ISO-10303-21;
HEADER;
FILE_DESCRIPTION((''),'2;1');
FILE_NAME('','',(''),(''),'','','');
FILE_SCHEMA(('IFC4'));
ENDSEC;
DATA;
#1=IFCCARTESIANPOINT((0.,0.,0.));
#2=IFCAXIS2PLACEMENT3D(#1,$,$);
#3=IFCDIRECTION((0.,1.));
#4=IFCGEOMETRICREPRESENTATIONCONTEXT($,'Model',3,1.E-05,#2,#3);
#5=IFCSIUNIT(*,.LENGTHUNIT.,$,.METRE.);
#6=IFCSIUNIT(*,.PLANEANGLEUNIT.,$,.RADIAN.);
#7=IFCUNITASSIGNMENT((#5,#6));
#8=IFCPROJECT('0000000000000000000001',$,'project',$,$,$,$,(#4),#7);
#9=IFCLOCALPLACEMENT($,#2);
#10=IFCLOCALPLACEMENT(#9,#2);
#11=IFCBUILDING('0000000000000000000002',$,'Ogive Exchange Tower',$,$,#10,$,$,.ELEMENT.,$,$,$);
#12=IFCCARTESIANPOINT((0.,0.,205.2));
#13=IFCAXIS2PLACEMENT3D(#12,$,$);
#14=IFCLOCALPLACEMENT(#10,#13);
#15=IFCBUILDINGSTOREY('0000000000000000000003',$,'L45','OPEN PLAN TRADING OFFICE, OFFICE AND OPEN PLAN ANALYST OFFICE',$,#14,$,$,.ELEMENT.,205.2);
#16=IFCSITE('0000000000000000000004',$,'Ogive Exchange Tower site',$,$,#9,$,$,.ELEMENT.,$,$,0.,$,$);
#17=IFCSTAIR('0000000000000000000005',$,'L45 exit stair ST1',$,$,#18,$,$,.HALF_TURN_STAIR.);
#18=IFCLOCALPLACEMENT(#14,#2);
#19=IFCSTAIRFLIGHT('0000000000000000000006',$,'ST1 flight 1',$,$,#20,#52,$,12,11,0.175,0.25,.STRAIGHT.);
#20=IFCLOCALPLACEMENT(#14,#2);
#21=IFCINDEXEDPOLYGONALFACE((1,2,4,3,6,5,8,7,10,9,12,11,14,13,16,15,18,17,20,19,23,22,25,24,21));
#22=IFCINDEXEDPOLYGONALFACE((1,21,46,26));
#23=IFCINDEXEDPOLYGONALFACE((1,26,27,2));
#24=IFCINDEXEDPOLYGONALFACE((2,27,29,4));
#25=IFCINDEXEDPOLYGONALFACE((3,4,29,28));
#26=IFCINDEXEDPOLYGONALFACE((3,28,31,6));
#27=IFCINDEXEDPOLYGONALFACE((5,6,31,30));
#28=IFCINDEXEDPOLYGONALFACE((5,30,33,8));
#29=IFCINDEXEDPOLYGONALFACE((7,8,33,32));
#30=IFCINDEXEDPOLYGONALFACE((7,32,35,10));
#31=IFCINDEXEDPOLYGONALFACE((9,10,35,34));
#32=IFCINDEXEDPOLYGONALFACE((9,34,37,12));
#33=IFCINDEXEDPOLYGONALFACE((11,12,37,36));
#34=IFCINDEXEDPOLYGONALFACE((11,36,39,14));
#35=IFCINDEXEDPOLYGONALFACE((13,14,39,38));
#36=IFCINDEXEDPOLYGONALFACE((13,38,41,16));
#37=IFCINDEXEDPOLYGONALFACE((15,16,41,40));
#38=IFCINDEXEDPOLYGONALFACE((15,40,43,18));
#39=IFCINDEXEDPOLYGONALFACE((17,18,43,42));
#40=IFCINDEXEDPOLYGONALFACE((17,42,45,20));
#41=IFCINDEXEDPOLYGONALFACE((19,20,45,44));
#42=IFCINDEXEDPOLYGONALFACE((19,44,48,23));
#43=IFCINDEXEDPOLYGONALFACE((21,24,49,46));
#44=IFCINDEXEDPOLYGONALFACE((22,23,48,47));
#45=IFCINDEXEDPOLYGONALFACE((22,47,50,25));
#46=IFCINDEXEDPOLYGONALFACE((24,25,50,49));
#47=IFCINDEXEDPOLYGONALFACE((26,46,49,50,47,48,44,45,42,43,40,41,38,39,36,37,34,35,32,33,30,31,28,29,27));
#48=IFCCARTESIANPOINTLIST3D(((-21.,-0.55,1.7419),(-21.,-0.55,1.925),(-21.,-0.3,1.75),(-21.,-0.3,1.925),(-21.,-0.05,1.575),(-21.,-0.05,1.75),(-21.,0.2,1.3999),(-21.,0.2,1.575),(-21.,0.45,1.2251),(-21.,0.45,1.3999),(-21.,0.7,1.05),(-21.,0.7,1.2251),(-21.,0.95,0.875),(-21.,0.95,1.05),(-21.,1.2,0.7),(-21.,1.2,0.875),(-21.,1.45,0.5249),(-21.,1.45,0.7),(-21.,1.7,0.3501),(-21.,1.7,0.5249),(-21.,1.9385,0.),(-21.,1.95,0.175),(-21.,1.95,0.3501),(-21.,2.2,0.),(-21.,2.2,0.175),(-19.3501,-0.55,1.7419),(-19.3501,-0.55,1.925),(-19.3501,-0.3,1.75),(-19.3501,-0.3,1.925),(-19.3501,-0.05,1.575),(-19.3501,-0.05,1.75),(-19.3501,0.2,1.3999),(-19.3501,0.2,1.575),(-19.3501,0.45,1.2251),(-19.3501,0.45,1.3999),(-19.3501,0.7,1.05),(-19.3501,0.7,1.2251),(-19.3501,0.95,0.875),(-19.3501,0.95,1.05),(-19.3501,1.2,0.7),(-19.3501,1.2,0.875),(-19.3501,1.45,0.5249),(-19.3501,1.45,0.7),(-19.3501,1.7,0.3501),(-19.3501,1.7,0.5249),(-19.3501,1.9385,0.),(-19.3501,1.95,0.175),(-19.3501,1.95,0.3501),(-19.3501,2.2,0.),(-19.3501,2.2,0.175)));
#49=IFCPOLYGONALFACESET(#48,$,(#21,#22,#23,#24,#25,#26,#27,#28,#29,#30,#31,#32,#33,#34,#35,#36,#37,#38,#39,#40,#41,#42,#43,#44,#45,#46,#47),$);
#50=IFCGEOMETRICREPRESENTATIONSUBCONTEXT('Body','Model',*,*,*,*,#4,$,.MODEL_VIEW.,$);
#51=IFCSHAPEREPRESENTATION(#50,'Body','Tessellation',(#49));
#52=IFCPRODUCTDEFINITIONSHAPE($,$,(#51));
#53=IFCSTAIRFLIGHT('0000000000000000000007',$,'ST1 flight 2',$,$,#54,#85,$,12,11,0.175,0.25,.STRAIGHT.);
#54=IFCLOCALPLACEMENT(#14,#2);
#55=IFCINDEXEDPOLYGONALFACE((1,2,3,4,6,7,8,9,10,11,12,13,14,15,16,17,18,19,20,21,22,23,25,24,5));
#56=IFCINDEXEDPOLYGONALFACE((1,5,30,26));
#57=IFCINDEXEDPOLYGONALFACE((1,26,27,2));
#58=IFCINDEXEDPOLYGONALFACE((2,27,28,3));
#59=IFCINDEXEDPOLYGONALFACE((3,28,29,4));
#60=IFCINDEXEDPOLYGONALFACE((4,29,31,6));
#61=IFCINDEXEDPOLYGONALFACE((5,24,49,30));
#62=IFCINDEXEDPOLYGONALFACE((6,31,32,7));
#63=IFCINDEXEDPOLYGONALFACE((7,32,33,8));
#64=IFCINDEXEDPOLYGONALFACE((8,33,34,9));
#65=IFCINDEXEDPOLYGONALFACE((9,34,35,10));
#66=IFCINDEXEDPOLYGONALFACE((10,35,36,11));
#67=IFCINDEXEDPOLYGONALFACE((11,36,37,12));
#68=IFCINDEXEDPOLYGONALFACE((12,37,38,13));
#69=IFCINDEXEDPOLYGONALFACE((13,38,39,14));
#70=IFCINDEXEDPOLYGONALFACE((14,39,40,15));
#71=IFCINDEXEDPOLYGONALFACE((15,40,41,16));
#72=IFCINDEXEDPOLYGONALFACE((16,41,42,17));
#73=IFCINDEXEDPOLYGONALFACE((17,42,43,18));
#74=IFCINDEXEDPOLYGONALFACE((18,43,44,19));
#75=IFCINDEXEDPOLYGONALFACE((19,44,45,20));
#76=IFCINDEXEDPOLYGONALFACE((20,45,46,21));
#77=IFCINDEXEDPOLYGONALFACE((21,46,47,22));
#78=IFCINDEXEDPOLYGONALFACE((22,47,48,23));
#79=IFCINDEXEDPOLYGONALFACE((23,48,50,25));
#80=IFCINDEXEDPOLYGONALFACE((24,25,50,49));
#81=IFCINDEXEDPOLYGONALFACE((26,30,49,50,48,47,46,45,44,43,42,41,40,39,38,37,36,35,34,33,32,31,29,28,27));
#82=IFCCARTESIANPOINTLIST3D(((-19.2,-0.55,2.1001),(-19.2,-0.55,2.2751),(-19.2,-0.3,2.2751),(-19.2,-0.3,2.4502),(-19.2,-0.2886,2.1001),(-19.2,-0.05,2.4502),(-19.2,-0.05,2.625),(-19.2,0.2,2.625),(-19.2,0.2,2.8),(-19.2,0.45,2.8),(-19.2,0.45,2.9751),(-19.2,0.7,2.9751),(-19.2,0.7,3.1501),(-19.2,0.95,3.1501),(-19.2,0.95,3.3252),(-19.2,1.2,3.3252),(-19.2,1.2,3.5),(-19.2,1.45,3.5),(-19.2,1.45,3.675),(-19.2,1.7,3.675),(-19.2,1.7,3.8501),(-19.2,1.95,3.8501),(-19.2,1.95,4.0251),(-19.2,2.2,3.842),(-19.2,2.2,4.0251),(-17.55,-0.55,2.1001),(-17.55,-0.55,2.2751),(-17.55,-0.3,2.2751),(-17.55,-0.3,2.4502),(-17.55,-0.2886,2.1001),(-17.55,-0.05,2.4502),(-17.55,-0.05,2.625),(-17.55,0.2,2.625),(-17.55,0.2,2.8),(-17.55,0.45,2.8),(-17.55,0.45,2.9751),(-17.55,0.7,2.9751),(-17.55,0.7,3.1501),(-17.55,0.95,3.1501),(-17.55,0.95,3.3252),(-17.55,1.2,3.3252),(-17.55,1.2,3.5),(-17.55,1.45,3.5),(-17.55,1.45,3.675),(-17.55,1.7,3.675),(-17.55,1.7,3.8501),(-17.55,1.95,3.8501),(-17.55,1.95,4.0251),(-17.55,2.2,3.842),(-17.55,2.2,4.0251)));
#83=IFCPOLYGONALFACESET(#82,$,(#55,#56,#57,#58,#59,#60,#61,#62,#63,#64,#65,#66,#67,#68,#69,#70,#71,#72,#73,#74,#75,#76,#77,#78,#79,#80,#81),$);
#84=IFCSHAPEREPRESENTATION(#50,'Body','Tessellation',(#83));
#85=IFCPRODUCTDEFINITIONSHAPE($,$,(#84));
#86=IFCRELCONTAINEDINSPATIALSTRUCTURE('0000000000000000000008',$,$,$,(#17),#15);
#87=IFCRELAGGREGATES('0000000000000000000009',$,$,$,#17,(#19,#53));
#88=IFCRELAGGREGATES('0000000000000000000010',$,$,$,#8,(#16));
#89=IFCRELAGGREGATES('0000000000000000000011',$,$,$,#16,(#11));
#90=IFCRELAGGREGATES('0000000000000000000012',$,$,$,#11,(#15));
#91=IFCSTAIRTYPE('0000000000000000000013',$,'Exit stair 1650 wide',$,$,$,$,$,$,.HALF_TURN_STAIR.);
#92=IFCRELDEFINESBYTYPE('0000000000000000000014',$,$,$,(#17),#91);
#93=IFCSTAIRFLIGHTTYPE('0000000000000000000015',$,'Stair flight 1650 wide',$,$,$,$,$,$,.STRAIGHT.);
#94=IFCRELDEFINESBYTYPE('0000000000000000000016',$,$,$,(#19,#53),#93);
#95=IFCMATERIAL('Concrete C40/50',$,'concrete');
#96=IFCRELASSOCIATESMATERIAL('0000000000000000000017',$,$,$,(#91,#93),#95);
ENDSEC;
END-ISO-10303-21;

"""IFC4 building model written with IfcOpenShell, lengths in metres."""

from ifc_helpers import new_model, si_unit, direction, frame, origin, place, context, subcontext, project, spatial, polyline, outline, extrude, material, type_object, element, aggregate, save


model = new_model("IFC4")

# Units and contexts
model_context = context("Model", 3, precision=1e-05, world=origin(), true_north=direction((0.0, 1.0)))
body_context = subcontext(model_context, "Body", "Model", "MODEL_VIEW")
ifc_project = project(units=[si_unit("LENGTHUNIT", "METRE"), si_unit("PLANEANGLEUNIT", "RADIAN")], contexts=[model_context])

# Site, building, storey
site_placement = place(None, origin())
site = spatial("IfcSite", under=ifc_project, at=site_placement, Name="Ogive Exchange Tower site", CompositionType="ELEMENT", RefElevation=0.0)
building_placement = place(site_placement, origin())
building = spatial("IfcBuilding", under=site, at=building_placement, Name="Ogive Exchange Tower", CompositionType="ELEMENT")
storey_placement = place(building_placement, frame((0.0, 0.0, 205.2)))
storey = spatial("IfcBuildingStorey", under=building, at=storey_placement, Name="L45", Description="OPEN PLAN TRADING OFFICE, OFFICE AND OPEN PLAN ANALYST OFFICE", CompositionType="ELEMENT", Elevation=205.2)

# Stair, stair flights
ifc_material_1 = material(Name="Concrete C40/50", Category="concrete")
stair_type = type_object("IfcStairType", Name="Exit stair 1650 wide", PredefinedType="HALF_TURN_STAIR", material=ifc_material_1)
stair_placement = place(storey_placement, origin())
stair = element("IfcStair", 1, at=stair_placement, inside=storey, type_object=stair_type, Name="L45 exit stair ST1", PredefinedType="HALF_TURN_STAIR")
stair_flight_type = type_object("IfcStairFlightType", Name="Stair flight 1650 wide", PredefinedType="STRAIGHT", material=ifc_material_1)
stair_flight_1_placement = place(storey_placement, frame((-20.175, 2.2, 0.0), z_axis=(0.0, 0.0, 1.0), x_axis=(0.0, -1.0, 0.0)))
stair_flight_1 = element("IfcStairFlight", 2, at=stair_flight_1_placement, type_object=stair_flight_type, Name="ST1 flight 1", NumberOfRisers=12, NumberOfTreads=11, PredefinedType="STRAIGHT", RiserHeight=0.175, TreadLength=0.25, context=body_context, shape_type="SweptSolid", body=[
    extrude(outline(polyline([(0.0, 0.0), (0.0, 0.175), (0.25, 0.175), (0.25, 0.3501), (0.5, 0.3501), (0.5, 0.5249), (0.75, 0.5249), (0.75, 0.7), (1.0, 0.7), (1.0, 0.875), (1.25, 0.875), (1.25, 1.05), (1.5, 1.05), (1.5, 1.2251), (1.75, 1.2251), (1.75, 1.3999), (2.0, 1.3999), (2.0, 1.575), (2.25, 1.575), (2.25, 1.75), (2.5, 1.75), (2.5, 1.925), (2.75, 1.925), (2.75, 2.1001), (2.75, 1.7419), (0.2615, 0.0), (0.0, 0.0)])), frame((0.0, 0.825, 0.0), z_axis=(0.0, -1.0, 0.0), x_axis=(1.0, 0.0, 0.0)), (0.0, 0.0, 1.0), 1.6499),
])
stair_flight_2_placement = place(storey_placement, frame((-18.375, -0.55, 2.1001), z_axis=(0.0, 0.0, 1.0), x_axis=(0.0, 1.0, 0.0)))
stair_flight_2 = element("IfcStairFlight", 3, at=stair_flight_2_placement, type_object=stair_flight_type, Name="ST1 flight 2", NumberOfRisers=12, NumberOfTreads=11, PredefinedType="STRAIGHT", RiserHeight=0.175, TreadLength=0.25, context=body_context, shape_type="SweptSolid", body=[
    extrude(outline(polyline([(0.0, 0.0), (0.0, 0.175), (0.25, 0.175), (0.25, 0.3501), (0.5, 0.3501), (0.5, 0.5249), (0.75, 0.5249), (0.75, 0.7), (1.0, 0.7), (1.0, 0.875), (1.25, 0.875), (1.25, 1.05), (1.5, 1.05), (1.5, 1.2251), (1.75, 1.2251), (1.75, 1.3999), (2.0, 1.3999), (2.0, 1.575), (2.25, 1.575), (2.25, 1.75), (2.5, 1.75), (2.5, 1.925), (2.75, 1.925), (2.75, 2.1001), (2.75, 1.7419), (0.2615, 0.0), (0.0, 0.0)])), frame((0.0, 0.825, 0.0), z_axis=(0.0, -1.0, 0.0), x_axis=(1.0, 0.0, 0.0)), (0.0, 0.0, 1.0), 1.6499),
])
aggregate(stair, [stair_flight_1, stair_flight_2])

save(model, "model.ifc")
